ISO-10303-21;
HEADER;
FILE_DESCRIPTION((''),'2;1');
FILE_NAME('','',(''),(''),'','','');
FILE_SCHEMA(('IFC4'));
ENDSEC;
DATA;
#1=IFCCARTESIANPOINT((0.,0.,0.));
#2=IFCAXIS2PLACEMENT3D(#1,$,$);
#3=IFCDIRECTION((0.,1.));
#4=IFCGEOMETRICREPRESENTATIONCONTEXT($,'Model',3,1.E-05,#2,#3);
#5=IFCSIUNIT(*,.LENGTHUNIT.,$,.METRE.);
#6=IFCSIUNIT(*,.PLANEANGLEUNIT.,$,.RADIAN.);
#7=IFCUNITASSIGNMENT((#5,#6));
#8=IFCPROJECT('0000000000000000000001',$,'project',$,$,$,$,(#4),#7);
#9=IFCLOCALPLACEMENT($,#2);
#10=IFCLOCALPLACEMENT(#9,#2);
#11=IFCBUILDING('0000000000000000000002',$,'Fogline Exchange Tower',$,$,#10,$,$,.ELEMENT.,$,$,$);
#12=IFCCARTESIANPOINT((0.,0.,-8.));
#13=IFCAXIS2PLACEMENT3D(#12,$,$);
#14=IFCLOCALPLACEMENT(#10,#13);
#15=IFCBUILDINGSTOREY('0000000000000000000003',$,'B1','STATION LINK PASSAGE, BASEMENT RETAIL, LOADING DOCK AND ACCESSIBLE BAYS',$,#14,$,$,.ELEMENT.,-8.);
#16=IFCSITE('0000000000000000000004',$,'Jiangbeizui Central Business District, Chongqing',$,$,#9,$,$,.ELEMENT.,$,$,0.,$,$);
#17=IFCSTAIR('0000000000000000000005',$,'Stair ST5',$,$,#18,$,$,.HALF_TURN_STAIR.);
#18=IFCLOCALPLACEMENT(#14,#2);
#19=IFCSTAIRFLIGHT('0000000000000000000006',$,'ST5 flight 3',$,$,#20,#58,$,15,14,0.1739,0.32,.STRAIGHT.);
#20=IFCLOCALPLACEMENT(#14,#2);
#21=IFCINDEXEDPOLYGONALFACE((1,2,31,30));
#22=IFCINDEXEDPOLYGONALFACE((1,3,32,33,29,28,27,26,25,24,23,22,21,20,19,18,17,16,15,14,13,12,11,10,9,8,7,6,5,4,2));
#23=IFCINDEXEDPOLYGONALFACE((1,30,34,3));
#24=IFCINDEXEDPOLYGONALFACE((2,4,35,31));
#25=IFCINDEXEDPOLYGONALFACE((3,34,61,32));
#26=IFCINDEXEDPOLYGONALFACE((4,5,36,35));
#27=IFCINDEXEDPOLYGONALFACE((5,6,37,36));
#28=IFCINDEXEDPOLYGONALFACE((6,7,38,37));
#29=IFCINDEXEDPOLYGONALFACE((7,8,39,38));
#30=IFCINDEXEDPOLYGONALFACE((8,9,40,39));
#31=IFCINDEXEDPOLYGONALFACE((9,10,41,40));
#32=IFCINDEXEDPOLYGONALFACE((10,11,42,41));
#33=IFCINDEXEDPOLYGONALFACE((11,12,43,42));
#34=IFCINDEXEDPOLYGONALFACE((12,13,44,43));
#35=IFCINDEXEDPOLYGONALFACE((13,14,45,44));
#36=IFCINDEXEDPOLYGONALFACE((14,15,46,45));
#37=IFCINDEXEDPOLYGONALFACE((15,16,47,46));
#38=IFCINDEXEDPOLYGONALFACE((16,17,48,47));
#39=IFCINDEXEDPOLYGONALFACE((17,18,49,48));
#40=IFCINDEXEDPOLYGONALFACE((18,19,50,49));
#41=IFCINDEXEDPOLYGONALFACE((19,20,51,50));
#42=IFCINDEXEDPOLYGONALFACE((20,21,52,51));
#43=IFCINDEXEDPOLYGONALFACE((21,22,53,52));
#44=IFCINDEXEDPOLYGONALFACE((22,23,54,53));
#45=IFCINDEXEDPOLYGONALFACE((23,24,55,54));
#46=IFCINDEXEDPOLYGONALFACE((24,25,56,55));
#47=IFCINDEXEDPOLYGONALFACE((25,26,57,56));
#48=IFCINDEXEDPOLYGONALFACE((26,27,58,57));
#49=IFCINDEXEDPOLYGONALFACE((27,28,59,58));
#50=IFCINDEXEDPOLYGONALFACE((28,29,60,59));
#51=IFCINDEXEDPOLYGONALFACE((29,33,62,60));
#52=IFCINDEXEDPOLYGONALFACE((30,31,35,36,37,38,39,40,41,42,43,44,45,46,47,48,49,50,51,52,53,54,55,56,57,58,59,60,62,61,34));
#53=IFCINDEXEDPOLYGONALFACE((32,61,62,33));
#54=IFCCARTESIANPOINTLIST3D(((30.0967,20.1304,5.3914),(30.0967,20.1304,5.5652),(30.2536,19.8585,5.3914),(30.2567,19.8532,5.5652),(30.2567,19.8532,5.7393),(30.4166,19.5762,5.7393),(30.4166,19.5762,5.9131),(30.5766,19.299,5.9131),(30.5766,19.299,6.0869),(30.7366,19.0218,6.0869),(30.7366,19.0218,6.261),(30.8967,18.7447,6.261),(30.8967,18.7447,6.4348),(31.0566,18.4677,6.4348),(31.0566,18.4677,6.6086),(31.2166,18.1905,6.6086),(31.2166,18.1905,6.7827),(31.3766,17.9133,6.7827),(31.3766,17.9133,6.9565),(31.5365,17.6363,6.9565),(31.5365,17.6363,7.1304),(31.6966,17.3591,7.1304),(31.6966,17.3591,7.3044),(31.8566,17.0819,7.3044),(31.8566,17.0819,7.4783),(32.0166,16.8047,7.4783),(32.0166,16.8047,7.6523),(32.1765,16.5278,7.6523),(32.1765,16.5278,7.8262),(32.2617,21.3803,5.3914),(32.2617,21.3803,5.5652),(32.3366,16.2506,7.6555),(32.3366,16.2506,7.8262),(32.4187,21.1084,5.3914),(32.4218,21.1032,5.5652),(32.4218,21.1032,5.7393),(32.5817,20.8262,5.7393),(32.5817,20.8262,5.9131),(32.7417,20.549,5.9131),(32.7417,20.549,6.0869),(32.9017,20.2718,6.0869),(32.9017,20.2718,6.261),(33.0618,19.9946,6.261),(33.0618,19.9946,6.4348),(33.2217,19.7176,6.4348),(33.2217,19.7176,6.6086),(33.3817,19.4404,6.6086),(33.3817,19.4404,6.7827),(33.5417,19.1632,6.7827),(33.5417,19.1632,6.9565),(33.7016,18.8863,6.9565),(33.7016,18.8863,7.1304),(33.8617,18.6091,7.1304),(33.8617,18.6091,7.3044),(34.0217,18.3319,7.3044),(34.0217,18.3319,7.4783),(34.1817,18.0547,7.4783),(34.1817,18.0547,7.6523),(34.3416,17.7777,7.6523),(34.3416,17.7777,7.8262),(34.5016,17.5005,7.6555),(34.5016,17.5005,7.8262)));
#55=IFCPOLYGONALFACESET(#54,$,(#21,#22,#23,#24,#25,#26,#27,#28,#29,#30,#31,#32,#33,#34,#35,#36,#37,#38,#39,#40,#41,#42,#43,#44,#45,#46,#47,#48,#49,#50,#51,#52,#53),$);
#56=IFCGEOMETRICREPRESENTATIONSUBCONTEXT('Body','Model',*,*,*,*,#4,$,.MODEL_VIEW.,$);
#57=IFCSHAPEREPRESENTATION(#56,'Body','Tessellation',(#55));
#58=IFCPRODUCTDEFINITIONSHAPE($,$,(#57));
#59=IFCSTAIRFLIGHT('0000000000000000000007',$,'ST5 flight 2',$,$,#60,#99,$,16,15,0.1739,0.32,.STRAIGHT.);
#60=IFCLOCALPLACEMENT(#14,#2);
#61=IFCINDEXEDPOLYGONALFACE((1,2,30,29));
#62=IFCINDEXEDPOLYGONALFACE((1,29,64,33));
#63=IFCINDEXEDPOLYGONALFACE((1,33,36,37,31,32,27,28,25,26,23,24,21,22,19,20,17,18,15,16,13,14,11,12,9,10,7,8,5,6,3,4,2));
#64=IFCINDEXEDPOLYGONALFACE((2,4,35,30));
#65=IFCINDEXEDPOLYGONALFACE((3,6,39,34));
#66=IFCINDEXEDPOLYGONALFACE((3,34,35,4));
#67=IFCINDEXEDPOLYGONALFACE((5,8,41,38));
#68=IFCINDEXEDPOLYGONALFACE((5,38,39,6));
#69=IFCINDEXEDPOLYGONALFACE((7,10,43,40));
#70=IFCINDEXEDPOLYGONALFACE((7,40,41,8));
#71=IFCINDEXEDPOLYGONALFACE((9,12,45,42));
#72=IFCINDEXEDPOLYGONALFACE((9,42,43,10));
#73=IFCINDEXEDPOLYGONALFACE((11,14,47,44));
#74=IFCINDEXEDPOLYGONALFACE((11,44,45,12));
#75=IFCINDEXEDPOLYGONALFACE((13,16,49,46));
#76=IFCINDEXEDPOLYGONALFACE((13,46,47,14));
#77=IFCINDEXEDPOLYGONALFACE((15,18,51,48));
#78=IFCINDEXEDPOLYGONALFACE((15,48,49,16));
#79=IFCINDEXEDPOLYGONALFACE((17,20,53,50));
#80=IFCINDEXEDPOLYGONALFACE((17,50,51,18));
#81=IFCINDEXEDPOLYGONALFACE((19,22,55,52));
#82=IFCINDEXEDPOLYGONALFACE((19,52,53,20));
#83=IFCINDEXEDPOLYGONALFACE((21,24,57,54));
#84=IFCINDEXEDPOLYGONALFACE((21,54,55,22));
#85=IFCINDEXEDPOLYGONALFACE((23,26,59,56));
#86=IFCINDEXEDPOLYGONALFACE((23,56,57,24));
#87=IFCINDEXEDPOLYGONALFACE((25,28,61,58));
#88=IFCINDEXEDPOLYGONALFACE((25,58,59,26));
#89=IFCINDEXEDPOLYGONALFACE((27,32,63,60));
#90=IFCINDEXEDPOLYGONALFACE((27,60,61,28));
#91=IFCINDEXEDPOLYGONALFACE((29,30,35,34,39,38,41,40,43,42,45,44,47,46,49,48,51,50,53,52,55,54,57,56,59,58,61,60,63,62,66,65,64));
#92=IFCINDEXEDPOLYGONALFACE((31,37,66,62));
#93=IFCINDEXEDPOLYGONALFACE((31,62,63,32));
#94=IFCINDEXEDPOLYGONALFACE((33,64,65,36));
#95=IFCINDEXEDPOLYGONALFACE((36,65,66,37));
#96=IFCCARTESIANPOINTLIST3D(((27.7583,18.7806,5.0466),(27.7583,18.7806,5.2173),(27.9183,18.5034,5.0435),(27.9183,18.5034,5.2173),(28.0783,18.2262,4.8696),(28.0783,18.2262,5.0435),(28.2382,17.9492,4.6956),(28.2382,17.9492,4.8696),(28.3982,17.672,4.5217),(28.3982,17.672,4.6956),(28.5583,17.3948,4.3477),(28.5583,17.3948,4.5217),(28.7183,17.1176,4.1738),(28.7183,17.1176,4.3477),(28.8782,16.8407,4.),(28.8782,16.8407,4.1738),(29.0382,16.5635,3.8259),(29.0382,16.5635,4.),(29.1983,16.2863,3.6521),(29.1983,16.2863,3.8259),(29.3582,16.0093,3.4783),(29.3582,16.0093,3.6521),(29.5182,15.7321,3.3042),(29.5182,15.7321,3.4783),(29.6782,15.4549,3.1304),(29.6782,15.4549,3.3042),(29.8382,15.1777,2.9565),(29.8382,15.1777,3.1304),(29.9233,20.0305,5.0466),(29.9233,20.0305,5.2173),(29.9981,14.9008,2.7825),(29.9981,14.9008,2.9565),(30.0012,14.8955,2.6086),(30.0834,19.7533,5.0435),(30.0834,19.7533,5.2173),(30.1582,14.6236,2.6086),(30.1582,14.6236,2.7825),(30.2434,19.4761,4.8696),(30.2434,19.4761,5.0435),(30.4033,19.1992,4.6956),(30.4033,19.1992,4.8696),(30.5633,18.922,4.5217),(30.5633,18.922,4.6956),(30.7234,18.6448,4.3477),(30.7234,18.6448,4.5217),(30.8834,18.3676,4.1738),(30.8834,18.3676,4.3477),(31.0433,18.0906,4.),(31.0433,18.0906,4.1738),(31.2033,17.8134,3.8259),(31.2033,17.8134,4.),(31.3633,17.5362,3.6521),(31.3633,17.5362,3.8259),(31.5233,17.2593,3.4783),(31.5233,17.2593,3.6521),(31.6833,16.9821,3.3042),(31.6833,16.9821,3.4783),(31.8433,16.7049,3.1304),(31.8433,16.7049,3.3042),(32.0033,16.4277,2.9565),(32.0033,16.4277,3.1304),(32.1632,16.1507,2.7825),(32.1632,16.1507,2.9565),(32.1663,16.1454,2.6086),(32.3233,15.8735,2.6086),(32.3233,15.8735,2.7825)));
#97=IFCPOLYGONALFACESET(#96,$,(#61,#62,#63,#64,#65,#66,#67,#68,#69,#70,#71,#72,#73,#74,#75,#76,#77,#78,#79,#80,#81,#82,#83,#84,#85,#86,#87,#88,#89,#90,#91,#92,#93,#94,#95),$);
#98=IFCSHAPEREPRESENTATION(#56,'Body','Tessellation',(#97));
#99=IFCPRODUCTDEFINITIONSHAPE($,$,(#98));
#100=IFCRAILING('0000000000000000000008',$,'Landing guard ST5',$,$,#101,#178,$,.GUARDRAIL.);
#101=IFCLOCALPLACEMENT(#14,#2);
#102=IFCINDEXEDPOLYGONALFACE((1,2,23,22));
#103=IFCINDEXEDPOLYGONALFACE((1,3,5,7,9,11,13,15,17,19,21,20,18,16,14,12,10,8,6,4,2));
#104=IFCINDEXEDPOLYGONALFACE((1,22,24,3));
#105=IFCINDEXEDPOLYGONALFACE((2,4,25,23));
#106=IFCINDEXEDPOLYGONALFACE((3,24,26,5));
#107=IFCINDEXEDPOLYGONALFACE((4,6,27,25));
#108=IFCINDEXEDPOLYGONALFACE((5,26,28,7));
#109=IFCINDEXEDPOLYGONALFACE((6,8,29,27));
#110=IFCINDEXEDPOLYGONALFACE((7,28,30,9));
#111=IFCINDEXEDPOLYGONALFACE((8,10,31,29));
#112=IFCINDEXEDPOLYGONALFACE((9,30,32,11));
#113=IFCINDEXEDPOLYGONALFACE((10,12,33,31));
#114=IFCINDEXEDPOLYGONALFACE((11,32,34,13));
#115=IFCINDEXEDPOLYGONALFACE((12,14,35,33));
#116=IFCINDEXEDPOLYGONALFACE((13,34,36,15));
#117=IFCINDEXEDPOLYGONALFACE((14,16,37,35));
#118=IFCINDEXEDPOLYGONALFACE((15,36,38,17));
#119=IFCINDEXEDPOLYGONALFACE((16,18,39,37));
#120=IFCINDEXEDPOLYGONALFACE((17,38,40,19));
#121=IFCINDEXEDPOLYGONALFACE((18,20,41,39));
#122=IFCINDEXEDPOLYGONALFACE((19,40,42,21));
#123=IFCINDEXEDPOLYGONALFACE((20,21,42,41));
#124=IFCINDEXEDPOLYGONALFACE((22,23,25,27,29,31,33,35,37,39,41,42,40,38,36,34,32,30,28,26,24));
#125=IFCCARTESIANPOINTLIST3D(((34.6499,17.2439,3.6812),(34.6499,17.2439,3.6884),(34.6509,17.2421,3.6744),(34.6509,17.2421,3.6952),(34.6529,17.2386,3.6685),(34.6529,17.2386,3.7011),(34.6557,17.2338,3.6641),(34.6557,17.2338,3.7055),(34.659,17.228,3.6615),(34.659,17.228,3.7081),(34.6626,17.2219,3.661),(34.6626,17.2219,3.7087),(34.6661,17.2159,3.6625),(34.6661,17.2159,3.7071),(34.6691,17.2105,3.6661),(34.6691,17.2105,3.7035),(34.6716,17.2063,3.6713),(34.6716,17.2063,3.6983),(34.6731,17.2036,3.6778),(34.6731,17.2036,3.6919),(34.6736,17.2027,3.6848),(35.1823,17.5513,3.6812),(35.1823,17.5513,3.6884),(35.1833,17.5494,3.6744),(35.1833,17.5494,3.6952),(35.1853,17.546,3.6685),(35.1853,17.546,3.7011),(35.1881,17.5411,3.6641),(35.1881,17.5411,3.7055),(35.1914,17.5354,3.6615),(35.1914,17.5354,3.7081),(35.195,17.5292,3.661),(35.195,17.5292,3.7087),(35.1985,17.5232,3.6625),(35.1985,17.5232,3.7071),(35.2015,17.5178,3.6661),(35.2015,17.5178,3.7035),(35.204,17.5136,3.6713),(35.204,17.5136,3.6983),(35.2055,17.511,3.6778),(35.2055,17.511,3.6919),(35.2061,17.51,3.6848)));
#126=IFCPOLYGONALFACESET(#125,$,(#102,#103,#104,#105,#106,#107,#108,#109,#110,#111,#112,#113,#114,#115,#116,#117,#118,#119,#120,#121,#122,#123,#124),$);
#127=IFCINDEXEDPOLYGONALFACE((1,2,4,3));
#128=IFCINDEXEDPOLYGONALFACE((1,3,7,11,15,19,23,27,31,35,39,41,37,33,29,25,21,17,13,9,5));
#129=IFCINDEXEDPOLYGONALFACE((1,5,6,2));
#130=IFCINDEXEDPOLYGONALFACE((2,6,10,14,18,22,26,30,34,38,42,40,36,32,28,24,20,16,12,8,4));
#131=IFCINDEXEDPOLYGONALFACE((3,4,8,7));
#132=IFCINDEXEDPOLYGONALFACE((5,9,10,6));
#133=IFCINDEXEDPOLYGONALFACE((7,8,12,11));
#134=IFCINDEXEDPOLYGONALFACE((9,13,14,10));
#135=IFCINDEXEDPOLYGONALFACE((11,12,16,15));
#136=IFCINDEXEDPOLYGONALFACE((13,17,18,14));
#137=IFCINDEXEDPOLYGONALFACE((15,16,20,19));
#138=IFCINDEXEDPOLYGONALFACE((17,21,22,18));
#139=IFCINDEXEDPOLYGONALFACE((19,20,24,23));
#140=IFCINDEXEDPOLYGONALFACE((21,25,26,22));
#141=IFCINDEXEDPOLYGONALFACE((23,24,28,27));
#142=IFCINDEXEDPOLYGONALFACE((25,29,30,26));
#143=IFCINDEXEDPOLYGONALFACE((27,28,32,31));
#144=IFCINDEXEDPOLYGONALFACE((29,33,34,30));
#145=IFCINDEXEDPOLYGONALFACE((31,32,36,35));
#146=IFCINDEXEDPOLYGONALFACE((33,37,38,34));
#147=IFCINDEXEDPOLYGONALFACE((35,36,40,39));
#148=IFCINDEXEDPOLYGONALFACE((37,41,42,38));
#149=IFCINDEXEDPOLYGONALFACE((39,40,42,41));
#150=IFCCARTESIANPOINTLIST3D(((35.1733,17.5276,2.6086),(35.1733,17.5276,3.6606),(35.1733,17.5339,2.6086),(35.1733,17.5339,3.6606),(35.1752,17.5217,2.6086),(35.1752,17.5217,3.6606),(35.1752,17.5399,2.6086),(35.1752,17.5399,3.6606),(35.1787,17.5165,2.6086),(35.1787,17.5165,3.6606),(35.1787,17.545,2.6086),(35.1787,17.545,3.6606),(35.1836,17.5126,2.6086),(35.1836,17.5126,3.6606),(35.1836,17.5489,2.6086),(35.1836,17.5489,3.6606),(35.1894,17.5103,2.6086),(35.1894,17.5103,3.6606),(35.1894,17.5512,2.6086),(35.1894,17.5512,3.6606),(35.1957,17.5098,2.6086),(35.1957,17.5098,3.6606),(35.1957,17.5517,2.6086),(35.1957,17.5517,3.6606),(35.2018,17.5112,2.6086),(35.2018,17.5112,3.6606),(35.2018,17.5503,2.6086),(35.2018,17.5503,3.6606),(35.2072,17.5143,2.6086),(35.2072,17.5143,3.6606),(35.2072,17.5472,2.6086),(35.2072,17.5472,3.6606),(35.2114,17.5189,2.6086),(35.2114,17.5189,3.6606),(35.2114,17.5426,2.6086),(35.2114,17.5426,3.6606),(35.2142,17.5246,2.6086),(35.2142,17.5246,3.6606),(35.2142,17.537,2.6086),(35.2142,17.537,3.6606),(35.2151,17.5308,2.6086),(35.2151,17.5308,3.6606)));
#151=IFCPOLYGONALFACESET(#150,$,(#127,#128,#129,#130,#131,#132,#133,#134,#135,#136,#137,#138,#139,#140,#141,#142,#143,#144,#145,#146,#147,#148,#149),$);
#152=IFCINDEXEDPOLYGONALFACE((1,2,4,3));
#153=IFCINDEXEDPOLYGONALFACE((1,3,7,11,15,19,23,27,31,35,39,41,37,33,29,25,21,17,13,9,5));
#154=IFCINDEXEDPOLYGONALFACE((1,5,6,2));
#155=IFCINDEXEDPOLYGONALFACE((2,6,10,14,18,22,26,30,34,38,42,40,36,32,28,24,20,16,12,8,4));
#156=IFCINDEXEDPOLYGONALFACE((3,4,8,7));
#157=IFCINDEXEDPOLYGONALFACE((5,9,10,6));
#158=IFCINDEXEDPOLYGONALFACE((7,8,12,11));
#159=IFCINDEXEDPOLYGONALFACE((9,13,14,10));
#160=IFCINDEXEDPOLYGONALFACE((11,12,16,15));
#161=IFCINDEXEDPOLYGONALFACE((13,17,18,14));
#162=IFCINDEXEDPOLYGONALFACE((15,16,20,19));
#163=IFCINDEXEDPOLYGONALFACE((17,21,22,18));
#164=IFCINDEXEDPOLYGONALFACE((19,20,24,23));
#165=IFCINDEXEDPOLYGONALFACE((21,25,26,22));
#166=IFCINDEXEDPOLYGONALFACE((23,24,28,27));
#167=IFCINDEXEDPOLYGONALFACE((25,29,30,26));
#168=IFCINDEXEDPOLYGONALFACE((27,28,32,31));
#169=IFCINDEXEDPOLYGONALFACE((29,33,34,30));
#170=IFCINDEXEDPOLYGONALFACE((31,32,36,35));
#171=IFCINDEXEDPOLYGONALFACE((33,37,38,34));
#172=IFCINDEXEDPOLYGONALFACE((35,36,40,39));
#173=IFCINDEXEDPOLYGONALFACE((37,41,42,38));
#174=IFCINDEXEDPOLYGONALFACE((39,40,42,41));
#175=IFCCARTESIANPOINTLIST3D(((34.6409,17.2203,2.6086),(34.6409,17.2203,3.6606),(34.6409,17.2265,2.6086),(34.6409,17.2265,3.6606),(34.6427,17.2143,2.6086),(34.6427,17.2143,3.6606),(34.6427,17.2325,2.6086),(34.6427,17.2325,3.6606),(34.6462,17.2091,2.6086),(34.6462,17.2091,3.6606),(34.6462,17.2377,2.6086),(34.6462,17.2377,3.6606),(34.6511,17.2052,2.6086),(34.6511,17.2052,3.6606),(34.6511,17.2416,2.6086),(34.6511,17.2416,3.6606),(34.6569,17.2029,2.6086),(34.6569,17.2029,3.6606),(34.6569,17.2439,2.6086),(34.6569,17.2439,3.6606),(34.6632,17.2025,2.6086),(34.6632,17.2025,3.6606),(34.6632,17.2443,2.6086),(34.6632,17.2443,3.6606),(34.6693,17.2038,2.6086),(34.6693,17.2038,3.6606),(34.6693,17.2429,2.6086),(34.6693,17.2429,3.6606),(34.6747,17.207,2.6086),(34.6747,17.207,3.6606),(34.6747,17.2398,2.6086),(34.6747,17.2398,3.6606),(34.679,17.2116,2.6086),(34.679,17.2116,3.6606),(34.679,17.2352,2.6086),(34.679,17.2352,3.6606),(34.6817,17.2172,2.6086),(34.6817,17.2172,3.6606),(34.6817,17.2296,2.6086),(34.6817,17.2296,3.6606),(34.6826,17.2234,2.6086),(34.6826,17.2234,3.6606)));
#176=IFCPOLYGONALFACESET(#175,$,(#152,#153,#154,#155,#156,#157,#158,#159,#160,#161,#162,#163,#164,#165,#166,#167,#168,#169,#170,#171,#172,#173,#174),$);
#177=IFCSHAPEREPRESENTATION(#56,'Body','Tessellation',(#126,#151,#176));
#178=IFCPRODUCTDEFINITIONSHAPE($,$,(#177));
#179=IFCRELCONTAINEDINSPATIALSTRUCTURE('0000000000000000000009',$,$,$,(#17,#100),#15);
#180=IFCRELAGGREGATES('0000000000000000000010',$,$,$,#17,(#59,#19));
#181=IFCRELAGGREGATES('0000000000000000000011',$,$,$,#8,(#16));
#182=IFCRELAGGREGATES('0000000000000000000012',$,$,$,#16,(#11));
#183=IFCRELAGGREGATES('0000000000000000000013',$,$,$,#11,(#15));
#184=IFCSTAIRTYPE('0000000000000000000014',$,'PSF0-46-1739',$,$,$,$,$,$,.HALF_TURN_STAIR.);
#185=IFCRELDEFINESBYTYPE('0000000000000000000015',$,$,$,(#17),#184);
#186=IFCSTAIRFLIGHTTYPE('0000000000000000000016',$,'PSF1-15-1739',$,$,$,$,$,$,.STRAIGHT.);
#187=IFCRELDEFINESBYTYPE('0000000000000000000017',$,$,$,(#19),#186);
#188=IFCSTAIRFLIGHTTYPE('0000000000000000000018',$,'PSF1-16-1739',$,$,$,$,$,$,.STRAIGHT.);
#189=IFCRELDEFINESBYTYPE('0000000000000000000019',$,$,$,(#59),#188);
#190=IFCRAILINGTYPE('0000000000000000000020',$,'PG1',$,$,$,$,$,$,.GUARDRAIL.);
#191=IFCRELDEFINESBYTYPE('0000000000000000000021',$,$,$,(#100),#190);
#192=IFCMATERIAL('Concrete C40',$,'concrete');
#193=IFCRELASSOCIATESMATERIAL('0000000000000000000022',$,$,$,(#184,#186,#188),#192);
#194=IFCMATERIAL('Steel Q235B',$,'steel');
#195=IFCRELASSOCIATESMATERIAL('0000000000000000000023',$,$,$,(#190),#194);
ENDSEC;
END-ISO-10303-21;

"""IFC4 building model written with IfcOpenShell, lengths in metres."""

from ifc_helpers import new_model, si_unit, direction, frame, origin, origin_2d, place, context, subcontext, project, spatial, polyline, circle, outline, extrude, material, type_object, element, aggregate, save


model = new_model("IFC4")

# Units and contexts
model_context = context("Model", 3, precision=1e-05, world=origin(), true_north=direction((0.0, 1.0)))
body_context = subcontext(model_context, "Body", "Model", "MODEL_VIEW")
ifc_project = project(units=[si_unit("LENGTHUNIT", "METRE"), si_unit("PLANEANGLEUNIT", "RADIAN")], contexts=[model_context])

# Site, building, storey
site_placement = place(None, origin())
site = spatial("IfcSite", under=ifc_project, at=site_placement, Name="Jiangbeizui Central Business District, Chongqing", CompositionType="ELEMENT", RefElevation=0.0)
building_placement = place(site_placement, origin())
building = spatial("IfcBuilding", under=site, at=building_placement, Name="Fogline Exchange Tower", CompositionType="ELEMENT")
storey_placement = place(building_placement, frame((0.0, 0.0, -8.0)))
storey = spatial("IfcBuildingStorey", under=building, at=storey_placement, Name="B1", Description="STATION LINK PASSAGE, BASEMENT RETAIL, LOADING DOCK AND ACCESSIBLE BAYS", CompositionType="ELEMENT", Elevation=-8.0)

# Shared definitions
ifc_material_1 = material(Name="Steel Q235B", Category="steel")

# Shared definitions
ifc_material_2 = material(Name="Concrete C40", Category="concrete")

# Stair, stair flights
stair_type = type_object("IfcStairType", Name="PSF0-46-1739", PredefinedType="HALF_TURN_STAIR", material=ifc_material_2)
stair_placement = place(storey_placement, origin())
stair = element("IfcStair", 1, at=stair_placement, inside=storey, type_object=stair_type, Name="Stair ST5", PredefinedType="HALF_TURN_STAIR")
stair_flight_type_1 = type_object("IfcStairFlightType", Name="PSF1-15-1739", PredefinedType="STRAIGHT", material=ifc_material_2)
stair_flight_1_placement = place(storey_placement, frame((31.1792, 20.7554, 5.3914), z_axis=(0.0, 0.0, 1.0), x_axis=(0.499979, -0.866037, 0.0)))
stair_flight_1 = element("IfcStairFlight", 2, at=stair_flight_1_placement, type_object=stair_flight_type_1, Name="ST5 flight 3", NumberOfRisers=15, NumberOfTreads=14, PredefinedType="STRAIGHT", RiserHeight=0.1739, TreadLength=0.32, context=body_context, shape_type="SweptSolid", body=[
    extrude(outline(polyline([(0.0, 0.0), (0.0, 0.1738), (0.3201, 0.1738), (0.3201, 0.3479), (0.6399, 0.3479), (0.6399, 0.5217), (0.96, 0.5217), (0.96, 0.6956), (1.28, 0.6956), (1.28, 0.8696), (1.6001, 0.8696), (1.6001, 1.0435), (1.9199, 1.0435), (1.9199, 1.2173), (2.24, 1.2173), (2.24, 1.3914), (2.5601, 1.3914), (2.5601, 1.5652), (2.8799, 1.5652), (2.8799, 1.739), (3.2, 1.739), (3.2, 1.9131), (3.52, 1.9131), (3.52, 2.0869), (3.8401, 2.0869), (3.8401, 2.261), (4.1599, 2.261), (4.1599, 2.4348), (4.48, 2.4348), (4.48, 2.6086), (4.48, 2.2642), (0.314, 0.0), (0.0, 0.0)])), frame((0.0, 1.25, 0.0), z_axis=(0.0, -1.0, 0.0), x_axis=(1.0, 0.0, 0.0)), (0.0, 0.0, 1.0), 2.5),
])
stair_flight_type_2 = type_object("IfcStairFlightType", Name="PSF1-16-1739", PredefinedType="STRAIGHT", material=ifc_material_2)
stair_flight_2_placement = place(storey_placement, frame((31.2407, 15.2485, 2.6086), z_axis=(0.0, 0.0, 1.0), x_axis=(-0.499979, 0.866037, 0.0)))
stair_flight_2 = element("IfcStairFlight", 3, at=stair_flight_2_placement, type_object=stair_flight_type_2, Name="ST5 flight 2", NumberOfRisers=16, NumberOfTreads=15, PredefinedType="STRAIGHT", RiserHeight=0.1739, TreadLength=0.32, context=body_context, shape_type="SweptSolid", body=[
    extrude(outline(polyline([(0.0, 0.0), (0.0, 0.1738), (0.3201, 0.1738), (0.3201, 0.3479), (0.6399, 0.3479), (0.6399, 0.5217), (0.96, 0.5217), (0.96, 0.6956), (1.28, 0.6956), (1.28, 0.8696), (1.6001, 0.8696), (1.6001, 1.0435), (1.9199, 1.0435), (1.9199, 1.2173), (2.24, 1.2173), (2.24, 1.3914), (2.5601, 1.3914), (2.5601, 1.5652), (2.8799, 1.5652), (2.8799, 1.739), (3.2, 1.739), (3.2, 1.9131), (3.52, 1.9131), (3.52, 2.0869), (3.8401, 2.0869), (3.8401, 2.261), (4.1599, 2.261), (4.1599, 2.4348), (4.48, 2.4348), (4.48, 2.6086), (4.8, 2.6086), (4.8, 2.7827), (4.8, 2.438), (0.314, 0.0), (0.0, 0.0)])), frame((0.0, 1.25, 0.0), z_axis=(0.0, -1.0, 0.0), x_axis=(1.0, 0.0, 0.0)), (0.0, 0.0, 1.0), 2.5),
])
aggregate(stair, [stair_flight_2, stair_flight_1])

# Railing
railing_type_1 = type_object("IfcRailingType", Name="PG1", PredefinedType="GUARDRAIL", material=ifc_material_1)
for number, where, name in (
    (4, (35.1941, 17.5308, 2.6086), "Landing guard ST5"),
):
    element("IfcRailing", number, at=place(storey_placement, frame(where)), inside=storey, type_object=railing_type_1, Name=name, PredefinedType="GUARDRAIL", context=body_context, shape_type="SweptSolid", body=[
        extrude(circle(Radius=0.0239, at=origin_2d()), frame((0.0, 0.0, 1.0762), z_axis=(-0.86606, -0.49994, 0.0), x_axis=(0.49994, -0.86606, 0.0)), (0.0, 0.0, 1.0), 0.6147),
        extrude(circle(Radius=0.021, at=origin_2d()), origin(), (0.0, 0.0, 1.0), 1.052),
        extrude(circle(Radius=0.021, at=origin_2d()), frame((-0.5325, -0.3074, 0.0)), (0.0, 0.0, 1.0), 1.052),
    ])

save(model, "model.ifc")
